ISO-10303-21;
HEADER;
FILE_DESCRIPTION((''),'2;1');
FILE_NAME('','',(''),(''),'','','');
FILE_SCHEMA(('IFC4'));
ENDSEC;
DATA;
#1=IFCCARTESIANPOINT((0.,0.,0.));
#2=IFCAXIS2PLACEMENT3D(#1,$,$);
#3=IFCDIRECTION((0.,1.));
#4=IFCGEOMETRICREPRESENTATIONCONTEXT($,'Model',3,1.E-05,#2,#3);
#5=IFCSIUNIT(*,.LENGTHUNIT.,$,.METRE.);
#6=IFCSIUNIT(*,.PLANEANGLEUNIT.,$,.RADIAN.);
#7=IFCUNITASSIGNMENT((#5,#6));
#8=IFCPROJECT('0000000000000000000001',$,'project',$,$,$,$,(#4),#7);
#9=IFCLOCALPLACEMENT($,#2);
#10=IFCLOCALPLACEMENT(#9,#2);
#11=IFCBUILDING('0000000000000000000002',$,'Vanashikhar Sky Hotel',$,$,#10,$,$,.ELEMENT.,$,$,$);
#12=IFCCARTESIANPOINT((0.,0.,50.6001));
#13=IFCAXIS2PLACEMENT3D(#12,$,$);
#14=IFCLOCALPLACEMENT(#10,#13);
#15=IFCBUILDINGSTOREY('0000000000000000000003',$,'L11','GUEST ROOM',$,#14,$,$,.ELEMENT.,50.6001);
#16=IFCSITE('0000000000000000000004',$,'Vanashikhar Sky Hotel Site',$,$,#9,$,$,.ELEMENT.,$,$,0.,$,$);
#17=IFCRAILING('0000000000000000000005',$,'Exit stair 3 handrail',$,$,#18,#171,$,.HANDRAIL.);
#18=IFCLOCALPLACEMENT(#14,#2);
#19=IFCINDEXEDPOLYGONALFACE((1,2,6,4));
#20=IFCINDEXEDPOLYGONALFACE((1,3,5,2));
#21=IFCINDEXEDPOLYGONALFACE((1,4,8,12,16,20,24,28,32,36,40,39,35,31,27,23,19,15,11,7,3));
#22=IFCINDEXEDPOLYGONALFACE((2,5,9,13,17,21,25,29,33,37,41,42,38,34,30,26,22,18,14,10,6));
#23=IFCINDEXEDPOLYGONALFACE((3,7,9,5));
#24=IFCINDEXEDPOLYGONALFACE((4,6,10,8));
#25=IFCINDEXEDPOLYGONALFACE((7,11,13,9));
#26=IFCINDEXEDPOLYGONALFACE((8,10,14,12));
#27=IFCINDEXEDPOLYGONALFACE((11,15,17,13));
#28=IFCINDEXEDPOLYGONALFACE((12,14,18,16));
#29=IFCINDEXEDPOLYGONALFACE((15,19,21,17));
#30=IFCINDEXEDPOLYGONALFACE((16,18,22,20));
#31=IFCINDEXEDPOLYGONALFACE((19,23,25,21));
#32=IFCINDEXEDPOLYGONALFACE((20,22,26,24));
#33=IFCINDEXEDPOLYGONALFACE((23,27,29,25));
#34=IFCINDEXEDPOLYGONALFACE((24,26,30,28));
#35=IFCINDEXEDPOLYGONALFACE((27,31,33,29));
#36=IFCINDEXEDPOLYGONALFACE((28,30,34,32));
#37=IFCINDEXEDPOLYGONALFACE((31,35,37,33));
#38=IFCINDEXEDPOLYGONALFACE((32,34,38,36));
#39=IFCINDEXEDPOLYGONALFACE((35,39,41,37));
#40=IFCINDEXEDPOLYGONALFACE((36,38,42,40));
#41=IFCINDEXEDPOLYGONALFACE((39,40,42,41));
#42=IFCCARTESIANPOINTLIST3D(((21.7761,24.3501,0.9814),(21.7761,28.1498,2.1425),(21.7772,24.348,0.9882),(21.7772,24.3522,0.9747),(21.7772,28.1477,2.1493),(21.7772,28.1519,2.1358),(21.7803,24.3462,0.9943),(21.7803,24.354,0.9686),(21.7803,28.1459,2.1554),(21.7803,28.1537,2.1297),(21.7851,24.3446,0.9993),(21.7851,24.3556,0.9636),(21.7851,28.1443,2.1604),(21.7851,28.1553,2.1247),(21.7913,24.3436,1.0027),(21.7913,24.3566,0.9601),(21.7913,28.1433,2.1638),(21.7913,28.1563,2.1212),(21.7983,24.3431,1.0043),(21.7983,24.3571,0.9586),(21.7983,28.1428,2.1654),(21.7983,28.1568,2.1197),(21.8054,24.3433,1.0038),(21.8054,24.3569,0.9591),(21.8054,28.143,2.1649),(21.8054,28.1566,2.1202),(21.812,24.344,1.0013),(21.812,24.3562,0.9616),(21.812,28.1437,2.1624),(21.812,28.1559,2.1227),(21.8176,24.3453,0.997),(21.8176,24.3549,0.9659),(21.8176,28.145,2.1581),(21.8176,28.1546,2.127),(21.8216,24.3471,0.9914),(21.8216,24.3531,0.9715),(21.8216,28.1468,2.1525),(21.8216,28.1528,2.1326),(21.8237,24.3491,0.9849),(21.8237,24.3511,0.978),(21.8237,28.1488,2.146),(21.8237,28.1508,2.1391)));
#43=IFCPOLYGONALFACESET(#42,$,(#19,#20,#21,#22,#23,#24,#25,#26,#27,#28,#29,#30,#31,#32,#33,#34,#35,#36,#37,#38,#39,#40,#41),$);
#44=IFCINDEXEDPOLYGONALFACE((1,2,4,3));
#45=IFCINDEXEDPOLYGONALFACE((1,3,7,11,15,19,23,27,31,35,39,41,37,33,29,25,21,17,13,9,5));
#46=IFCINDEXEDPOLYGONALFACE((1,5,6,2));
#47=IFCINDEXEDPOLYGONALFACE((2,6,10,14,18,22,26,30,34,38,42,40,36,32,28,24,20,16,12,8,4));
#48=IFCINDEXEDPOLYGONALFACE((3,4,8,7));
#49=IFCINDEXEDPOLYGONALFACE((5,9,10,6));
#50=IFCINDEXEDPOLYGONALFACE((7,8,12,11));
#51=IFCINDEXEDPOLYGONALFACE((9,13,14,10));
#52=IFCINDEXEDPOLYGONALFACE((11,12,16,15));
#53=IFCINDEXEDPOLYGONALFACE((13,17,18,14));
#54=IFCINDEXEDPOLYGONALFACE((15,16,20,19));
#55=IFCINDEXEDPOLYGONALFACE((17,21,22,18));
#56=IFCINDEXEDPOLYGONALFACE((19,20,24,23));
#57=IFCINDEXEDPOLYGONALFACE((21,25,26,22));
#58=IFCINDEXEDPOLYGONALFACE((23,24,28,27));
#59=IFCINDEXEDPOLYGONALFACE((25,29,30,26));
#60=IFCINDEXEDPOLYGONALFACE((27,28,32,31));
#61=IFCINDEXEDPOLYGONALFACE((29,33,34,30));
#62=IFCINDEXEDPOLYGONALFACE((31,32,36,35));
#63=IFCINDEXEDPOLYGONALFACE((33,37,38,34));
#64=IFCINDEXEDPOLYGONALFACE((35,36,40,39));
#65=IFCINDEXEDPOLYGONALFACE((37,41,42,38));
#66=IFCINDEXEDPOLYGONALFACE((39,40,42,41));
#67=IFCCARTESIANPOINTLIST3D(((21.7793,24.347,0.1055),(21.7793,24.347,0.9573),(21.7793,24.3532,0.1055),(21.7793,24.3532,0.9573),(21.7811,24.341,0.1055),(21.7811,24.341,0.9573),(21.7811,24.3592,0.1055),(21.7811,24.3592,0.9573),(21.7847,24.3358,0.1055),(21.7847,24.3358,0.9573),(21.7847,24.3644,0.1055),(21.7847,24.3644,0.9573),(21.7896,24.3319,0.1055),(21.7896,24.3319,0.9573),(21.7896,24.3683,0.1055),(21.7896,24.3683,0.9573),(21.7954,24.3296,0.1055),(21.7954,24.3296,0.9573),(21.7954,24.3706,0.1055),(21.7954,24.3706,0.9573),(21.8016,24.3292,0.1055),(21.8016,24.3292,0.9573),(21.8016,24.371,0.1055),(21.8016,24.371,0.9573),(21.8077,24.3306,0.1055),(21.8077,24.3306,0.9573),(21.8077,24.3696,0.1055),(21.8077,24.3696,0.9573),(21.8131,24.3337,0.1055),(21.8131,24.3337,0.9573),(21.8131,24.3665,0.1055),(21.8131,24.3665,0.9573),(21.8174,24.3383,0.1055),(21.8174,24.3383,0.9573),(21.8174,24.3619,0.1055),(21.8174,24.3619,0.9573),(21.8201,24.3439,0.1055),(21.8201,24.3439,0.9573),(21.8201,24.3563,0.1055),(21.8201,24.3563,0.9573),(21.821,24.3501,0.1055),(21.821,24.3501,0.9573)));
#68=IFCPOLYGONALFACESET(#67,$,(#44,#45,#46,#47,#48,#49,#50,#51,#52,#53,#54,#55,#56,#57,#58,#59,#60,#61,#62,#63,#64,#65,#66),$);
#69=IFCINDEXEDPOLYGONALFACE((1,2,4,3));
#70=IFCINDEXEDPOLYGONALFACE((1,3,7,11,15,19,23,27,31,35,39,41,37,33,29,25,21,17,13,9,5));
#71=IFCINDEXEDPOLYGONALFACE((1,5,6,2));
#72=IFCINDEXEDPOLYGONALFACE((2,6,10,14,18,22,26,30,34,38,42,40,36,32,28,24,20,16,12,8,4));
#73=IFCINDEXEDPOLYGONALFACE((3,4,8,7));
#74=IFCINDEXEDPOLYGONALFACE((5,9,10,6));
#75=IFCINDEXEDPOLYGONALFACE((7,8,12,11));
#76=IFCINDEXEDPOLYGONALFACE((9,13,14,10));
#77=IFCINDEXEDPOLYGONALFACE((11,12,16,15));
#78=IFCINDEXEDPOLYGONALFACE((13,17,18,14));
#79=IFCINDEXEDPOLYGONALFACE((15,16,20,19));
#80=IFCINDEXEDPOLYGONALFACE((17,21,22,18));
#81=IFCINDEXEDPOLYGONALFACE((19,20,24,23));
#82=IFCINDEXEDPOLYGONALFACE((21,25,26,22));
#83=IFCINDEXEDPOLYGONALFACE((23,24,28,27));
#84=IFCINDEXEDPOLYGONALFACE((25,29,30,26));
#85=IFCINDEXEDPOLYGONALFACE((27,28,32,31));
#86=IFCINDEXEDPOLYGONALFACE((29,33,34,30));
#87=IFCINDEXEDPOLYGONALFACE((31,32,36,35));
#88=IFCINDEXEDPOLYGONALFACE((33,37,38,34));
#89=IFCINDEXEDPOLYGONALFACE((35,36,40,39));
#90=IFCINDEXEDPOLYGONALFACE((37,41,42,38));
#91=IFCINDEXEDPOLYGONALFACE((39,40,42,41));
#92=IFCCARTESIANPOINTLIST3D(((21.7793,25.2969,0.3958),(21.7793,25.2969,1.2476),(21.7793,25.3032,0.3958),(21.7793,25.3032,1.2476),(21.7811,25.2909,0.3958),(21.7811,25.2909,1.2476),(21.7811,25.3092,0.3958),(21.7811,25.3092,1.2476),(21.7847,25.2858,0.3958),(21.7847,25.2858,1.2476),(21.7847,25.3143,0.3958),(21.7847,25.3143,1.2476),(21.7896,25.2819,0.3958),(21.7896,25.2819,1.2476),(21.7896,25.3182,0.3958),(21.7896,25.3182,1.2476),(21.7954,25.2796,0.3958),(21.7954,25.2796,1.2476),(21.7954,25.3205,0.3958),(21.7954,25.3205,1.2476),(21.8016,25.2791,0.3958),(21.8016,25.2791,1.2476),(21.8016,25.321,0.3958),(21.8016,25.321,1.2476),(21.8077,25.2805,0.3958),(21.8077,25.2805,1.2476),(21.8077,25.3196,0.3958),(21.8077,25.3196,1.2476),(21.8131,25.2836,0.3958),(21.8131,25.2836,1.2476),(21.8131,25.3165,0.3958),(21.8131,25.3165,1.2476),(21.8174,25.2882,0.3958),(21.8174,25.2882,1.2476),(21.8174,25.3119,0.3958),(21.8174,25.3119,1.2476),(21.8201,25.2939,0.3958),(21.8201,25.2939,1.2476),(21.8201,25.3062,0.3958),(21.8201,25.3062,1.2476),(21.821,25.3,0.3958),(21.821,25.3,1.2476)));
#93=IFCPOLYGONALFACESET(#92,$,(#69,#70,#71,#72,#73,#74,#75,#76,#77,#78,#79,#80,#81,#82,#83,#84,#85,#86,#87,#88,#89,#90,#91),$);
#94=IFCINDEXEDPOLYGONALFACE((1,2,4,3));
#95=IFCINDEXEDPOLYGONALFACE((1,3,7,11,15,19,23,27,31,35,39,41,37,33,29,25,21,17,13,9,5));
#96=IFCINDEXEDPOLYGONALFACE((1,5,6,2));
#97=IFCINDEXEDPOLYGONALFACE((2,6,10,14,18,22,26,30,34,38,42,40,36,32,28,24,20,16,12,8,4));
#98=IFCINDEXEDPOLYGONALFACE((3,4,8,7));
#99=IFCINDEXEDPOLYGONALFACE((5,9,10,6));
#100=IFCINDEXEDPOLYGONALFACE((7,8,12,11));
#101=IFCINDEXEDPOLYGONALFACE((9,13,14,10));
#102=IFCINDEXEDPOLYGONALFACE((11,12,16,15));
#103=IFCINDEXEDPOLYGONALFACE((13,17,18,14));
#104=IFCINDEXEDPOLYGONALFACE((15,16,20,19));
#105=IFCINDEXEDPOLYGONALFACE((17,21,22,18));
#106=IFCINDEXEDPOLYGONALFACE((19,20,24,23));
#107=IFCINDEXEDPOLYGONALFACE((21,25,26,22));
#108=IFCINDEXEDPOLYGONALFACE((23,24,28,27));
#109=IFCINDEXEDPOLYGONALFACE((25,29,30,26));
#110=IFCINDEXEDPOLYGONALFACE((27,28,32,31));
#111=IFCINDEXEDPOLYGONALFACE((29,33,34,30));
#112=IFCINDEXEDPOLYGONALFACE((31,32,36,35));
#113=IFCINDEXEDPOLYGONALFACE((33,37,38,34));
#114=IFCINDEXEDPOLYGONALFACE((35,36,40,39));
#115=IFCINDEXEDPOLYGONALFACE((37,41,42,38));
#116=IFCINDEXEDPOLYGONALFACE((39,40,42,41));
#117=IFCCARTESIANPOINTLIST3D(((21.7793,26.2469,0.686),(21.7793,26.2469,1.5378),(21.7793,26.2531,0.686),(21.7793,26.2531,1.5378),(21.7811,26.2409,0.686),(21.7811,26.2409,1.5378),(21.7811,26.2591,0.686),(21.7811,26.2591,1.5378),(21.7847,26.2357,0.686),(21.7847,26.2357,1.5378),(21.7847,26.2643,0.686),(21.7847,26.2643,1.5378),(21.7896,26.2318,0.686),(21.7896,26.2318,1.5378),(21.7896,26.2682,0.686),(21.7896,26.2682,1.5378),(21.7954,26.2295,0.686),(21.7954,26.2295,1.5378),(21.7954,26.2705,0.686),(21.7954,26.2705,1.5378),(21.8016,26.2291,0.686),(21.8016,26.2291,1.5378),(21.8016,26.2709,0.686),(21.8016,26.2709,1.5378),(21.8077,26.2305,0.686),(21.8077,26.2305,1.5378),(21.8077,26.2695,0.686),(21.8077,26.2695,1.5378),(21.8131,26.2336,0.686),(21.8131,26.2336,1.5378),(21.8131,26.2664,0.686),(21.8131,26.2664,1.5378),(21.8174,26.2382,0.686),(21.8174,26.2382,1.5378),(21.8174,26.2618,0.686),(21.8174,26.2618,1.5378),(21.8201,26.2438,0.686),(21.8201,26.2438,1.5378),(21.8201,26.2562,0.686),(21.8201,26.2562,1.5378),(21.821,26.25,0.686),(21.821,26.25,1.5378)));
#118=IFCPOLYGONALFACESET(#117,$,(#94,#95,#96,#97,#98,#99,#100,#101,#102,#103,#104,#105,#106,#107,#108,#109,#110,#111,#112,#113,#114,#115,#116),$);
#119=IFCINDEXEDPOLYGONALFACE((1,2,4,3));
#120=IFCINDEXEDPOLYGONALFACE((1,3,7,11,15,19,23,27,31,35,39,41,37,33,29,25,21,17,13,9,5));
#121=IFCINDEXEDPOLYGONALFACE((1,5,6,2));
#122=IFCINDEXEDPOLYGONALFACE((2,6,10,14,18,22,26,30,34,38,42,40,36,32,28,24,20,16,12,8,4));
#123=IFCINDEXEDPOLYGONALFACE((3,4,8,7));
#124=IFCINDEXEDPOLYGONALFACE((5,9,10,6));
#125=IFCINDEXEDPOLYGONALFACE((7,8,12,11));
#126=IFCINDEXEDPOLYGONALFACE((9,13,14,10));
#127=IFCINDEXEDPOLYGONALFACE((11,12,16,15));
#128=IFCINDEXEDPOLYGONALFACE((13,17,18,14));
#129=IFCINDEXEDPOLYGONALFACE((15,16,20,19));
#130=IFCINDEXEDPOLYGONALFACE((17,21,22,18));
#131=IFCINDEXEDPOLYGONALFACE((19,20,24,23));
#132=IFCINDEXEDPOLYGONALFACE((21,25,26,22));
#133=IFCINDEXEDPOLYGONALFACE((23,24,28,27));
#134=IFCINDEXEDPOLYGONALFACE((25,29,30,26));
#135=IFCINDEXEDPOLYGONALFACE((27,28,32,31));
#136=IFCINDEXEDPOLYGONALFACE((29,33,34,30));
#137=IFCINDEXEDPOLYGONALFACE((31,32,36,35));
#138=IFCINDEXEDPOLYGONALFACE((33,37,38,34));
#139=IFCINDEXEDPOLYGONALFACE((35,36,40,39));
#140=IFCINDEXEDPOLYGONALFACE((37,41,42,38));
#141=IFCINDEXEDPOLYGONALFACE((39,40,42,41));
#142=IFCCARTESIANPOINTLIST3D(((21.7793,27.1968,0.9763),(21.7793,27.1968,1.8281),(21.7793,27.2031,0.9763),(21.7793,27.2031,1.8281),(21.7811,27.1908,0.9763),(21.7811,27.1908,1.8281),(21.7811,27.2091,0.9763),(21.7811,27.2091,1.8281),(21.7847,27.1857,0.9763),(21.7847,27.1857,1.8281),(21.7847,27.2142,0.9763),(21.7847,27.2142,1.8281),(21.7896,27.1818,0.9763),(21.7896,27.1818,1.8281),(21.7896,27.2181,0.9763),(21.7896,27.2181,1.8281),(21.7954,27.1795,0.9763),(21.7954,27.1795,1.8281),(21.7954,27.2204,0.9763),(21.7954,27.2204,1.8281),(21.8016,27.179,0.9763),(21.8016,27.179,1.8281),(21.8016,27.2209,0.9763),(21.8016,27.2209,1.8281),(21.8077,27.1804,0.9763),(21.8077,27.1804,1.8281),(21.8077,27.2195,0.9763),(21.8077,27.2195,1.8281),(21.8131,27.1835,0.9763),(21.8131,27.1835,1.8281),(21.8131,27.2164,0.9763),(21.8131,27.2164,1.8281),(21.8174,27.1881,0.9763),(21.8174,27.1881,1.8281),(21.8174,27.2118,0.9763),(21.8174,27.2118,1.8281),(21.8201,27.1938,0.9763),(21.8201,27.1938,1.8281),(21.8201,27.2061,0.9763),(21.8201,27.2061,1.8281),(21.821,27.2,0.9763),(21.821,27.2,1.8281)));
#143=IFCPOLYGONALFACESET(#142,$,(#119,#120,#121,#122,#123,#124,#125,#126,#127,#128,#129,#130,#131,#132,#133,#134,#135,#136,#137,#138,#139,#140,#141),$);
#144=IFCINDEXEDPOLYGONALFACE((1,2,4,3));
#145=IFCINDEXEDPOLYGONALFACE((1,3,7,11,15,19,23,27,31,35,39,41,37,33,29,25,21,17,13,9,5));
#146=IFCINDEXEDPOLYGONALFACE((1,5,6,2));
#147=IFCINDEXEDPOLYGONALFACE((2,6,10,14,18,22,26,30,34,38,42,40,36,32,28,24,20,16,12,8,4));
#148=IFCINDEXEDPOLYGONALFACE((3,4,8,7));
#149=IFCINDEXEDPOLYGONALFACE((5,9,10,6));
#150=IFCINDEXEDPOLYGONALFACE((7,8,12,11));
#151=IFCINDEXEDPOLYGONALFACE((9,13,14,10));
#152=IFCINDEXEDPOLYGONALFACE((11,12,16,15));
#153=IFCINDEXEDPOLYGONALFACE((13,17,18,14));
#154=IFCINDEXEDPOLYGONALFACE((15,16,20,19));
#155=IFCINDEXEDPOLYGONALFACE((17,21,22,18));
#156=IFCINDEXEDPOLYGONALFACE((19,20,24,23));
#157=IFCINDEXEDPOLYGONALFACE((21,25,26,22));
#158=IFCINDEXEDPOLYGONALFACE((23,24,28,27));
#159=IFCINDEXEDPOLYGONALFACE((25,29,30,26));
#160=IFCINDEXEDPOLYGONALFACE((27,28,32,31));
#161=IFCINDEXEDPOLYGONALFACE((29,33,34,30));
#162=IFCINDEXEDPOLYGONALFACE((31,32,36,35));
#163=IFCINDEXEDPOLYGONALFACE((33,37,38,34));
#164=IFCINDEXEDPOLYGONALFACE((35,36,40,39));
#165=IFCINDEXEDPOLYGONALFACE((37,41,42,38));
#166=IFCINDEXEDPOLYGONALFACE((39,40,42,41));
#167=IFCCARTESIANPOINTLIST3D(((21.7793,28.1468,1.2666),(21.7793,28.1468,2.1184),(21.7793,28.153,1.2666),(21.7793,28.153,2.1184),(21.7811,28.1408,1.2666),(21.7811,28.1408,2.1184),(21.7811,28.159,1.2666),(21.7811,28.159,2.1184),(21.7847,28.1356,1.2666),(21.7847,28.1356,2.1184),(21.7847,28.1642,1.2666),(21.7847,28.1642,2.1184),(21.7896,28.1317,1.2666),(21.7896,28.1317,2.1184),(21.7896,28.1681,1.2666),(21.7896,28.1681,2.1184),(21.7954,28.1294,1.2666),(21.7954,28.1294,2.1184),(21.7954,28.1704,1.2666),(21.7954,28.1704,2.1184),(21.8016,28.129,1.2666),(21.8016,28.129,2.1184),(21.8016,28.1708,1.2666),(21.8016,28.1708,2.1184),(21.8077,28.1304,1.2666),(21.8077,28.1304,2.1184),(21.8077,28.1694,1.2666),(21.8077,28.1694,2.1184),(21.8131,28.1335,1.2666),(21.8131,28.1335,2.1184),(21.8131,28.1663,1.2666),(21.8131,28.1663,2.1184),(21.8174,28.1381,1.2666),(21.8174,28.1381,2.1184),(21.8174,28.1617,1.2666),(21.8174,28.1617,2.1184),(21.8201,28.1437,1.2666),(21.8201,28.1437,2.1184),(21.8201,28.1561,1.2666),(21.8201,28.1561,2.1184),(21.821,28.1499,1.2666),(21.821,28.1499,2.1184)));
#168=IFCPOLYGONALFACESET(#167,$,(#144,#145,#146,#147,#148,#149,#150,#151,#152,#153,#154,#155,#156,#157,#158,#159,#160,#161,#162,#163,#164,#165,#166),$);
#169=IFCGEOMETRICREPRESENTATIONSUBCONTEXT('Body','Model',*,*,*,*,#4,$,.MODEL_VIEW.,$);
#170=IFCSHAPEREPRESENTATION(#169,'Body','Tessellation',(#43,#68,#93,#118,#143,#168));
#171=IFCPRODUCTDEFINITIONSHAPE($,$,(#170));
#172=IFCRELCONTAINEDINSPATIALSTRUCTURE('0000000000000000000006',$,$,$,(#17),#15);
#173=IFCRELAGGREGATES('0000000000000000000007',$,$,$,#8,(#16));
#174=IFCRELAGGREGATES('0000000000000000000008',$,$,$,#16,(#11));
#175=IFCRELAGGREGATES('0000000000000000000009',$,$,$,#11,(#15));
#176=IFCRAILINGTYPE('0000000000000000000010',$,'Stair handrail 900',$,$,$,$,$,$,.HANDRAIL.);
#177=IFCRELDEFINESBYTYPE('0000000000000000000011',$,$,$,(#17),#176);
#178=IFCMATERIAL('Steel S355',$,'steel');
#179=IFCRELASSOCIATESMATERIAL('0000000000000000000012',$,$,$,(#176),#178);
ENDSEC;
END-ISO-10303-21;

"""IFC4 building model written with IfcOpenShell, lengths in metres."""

from ifc_helpers import new_model, si_unit, direction, frame, origin, origin_2d, place, context, subcontext, project, spatial, circle, extrude, source, transform, mapped, material, type_object, element, save


model = new_model("IFC4")

# Units and contexts
model_context = context("Model", 3, precision=1e-05, world=origin(), true_north=direction((0.0, 1.0)))
body_context = subcontext(model_context, "Body", "Model", "MODEL_VIEW")
ifc_project = project(units=[si_unit("LENGTHUNIT", "METRE"), si_unit("PLANEANGLEUNIT", "RADIAN")], contexts=[model_context])

# Site, building, storey
site_placement = place(None, origin())
site = spatial("IfcSite", under=ifc_project, at=site_placement, Name="Vanashikhar Sky Hotel Site", CompositionType="ELEMENT", RefElevation=0.0)
building_placement = place(site_placement, origin())
building = spatial("IfcBuilding", under=site, at=building_placement, Name="Vanashikhar Sky Hotel", CompositionType="ELEMENT")
storey_placement = place(building_placement, frame((0.0, 0.0, 50.6001)))
storey = spatial("IfcBuildingStorey", under=building, at=storey_placement, Name="L11", Description="GUEST ROOM", CompositionType="ELEMENT", Elevation=50.6001)

# Railing
ifc_material_1 = material(Name="Steel S355", Category="steel")
railing_type_1 = type_object("IfcRailingType", Name="Stair handrail 900", PredefinedType="HANDRAIL", material=ifc_material_1)
shared_shape_1 = source(origin(), body_context, "Body", "SweptSolid", [
    extrude(circle(Radius=0.0239, at=origin_2d()), frame((0.0, 0.0, 0.876), z_axis=(0.0, 0.956346, 0.292237), x_axis=(-1.0, 0.0, 0.0)), (0.0, 0.0, 1.0), 3.9731),
    extrude(circle(Radius=0.021, at=origin_2d()), origin(), (0.0, 0.0, 1.0), 0.8518),
    extrude(circle(Radius=0.021, at=origin_2d()), frame((0.0, 0.95, 0.2903)), (0.0, 0.0, 1.0), 0.8518),
    extrude(circle(Radius=0.021, at=origin_2d()), frame((0.0, 1.8999, 0.5806)), (0.0, 0.0, 1.0), 0.8518),
    extrude(circle(Radius=0.021, at=origin_2d()), frame((0.0, 2.8499, 0.8708)), (0.0, 0.0, 1.0), 0.8518),
    extrude(circle(Radius=0.021, at=origin_2d()), frame((0.0, 3.7998, 1.1611)), (0.0, 0.0, 1.0), 0.8518),
])
for number, where, name in (
    (1, (21.8, 24.3501, 0.1055), "Exit stair 3 handrail"),
):
    element("IfcRailing", number, at=place(storey_placement, frame(where)), inside=storey, type_object=railing_type_1, Name=name, PredefinedType="HANDRAIL", context=body_context, shape_type="MappedRepresentation", body=[
        mapped(shared_shape_1, transform((0.0, 0.0, 0.0), scale=1.0)),
    ])

save(model, "model.ifc")
